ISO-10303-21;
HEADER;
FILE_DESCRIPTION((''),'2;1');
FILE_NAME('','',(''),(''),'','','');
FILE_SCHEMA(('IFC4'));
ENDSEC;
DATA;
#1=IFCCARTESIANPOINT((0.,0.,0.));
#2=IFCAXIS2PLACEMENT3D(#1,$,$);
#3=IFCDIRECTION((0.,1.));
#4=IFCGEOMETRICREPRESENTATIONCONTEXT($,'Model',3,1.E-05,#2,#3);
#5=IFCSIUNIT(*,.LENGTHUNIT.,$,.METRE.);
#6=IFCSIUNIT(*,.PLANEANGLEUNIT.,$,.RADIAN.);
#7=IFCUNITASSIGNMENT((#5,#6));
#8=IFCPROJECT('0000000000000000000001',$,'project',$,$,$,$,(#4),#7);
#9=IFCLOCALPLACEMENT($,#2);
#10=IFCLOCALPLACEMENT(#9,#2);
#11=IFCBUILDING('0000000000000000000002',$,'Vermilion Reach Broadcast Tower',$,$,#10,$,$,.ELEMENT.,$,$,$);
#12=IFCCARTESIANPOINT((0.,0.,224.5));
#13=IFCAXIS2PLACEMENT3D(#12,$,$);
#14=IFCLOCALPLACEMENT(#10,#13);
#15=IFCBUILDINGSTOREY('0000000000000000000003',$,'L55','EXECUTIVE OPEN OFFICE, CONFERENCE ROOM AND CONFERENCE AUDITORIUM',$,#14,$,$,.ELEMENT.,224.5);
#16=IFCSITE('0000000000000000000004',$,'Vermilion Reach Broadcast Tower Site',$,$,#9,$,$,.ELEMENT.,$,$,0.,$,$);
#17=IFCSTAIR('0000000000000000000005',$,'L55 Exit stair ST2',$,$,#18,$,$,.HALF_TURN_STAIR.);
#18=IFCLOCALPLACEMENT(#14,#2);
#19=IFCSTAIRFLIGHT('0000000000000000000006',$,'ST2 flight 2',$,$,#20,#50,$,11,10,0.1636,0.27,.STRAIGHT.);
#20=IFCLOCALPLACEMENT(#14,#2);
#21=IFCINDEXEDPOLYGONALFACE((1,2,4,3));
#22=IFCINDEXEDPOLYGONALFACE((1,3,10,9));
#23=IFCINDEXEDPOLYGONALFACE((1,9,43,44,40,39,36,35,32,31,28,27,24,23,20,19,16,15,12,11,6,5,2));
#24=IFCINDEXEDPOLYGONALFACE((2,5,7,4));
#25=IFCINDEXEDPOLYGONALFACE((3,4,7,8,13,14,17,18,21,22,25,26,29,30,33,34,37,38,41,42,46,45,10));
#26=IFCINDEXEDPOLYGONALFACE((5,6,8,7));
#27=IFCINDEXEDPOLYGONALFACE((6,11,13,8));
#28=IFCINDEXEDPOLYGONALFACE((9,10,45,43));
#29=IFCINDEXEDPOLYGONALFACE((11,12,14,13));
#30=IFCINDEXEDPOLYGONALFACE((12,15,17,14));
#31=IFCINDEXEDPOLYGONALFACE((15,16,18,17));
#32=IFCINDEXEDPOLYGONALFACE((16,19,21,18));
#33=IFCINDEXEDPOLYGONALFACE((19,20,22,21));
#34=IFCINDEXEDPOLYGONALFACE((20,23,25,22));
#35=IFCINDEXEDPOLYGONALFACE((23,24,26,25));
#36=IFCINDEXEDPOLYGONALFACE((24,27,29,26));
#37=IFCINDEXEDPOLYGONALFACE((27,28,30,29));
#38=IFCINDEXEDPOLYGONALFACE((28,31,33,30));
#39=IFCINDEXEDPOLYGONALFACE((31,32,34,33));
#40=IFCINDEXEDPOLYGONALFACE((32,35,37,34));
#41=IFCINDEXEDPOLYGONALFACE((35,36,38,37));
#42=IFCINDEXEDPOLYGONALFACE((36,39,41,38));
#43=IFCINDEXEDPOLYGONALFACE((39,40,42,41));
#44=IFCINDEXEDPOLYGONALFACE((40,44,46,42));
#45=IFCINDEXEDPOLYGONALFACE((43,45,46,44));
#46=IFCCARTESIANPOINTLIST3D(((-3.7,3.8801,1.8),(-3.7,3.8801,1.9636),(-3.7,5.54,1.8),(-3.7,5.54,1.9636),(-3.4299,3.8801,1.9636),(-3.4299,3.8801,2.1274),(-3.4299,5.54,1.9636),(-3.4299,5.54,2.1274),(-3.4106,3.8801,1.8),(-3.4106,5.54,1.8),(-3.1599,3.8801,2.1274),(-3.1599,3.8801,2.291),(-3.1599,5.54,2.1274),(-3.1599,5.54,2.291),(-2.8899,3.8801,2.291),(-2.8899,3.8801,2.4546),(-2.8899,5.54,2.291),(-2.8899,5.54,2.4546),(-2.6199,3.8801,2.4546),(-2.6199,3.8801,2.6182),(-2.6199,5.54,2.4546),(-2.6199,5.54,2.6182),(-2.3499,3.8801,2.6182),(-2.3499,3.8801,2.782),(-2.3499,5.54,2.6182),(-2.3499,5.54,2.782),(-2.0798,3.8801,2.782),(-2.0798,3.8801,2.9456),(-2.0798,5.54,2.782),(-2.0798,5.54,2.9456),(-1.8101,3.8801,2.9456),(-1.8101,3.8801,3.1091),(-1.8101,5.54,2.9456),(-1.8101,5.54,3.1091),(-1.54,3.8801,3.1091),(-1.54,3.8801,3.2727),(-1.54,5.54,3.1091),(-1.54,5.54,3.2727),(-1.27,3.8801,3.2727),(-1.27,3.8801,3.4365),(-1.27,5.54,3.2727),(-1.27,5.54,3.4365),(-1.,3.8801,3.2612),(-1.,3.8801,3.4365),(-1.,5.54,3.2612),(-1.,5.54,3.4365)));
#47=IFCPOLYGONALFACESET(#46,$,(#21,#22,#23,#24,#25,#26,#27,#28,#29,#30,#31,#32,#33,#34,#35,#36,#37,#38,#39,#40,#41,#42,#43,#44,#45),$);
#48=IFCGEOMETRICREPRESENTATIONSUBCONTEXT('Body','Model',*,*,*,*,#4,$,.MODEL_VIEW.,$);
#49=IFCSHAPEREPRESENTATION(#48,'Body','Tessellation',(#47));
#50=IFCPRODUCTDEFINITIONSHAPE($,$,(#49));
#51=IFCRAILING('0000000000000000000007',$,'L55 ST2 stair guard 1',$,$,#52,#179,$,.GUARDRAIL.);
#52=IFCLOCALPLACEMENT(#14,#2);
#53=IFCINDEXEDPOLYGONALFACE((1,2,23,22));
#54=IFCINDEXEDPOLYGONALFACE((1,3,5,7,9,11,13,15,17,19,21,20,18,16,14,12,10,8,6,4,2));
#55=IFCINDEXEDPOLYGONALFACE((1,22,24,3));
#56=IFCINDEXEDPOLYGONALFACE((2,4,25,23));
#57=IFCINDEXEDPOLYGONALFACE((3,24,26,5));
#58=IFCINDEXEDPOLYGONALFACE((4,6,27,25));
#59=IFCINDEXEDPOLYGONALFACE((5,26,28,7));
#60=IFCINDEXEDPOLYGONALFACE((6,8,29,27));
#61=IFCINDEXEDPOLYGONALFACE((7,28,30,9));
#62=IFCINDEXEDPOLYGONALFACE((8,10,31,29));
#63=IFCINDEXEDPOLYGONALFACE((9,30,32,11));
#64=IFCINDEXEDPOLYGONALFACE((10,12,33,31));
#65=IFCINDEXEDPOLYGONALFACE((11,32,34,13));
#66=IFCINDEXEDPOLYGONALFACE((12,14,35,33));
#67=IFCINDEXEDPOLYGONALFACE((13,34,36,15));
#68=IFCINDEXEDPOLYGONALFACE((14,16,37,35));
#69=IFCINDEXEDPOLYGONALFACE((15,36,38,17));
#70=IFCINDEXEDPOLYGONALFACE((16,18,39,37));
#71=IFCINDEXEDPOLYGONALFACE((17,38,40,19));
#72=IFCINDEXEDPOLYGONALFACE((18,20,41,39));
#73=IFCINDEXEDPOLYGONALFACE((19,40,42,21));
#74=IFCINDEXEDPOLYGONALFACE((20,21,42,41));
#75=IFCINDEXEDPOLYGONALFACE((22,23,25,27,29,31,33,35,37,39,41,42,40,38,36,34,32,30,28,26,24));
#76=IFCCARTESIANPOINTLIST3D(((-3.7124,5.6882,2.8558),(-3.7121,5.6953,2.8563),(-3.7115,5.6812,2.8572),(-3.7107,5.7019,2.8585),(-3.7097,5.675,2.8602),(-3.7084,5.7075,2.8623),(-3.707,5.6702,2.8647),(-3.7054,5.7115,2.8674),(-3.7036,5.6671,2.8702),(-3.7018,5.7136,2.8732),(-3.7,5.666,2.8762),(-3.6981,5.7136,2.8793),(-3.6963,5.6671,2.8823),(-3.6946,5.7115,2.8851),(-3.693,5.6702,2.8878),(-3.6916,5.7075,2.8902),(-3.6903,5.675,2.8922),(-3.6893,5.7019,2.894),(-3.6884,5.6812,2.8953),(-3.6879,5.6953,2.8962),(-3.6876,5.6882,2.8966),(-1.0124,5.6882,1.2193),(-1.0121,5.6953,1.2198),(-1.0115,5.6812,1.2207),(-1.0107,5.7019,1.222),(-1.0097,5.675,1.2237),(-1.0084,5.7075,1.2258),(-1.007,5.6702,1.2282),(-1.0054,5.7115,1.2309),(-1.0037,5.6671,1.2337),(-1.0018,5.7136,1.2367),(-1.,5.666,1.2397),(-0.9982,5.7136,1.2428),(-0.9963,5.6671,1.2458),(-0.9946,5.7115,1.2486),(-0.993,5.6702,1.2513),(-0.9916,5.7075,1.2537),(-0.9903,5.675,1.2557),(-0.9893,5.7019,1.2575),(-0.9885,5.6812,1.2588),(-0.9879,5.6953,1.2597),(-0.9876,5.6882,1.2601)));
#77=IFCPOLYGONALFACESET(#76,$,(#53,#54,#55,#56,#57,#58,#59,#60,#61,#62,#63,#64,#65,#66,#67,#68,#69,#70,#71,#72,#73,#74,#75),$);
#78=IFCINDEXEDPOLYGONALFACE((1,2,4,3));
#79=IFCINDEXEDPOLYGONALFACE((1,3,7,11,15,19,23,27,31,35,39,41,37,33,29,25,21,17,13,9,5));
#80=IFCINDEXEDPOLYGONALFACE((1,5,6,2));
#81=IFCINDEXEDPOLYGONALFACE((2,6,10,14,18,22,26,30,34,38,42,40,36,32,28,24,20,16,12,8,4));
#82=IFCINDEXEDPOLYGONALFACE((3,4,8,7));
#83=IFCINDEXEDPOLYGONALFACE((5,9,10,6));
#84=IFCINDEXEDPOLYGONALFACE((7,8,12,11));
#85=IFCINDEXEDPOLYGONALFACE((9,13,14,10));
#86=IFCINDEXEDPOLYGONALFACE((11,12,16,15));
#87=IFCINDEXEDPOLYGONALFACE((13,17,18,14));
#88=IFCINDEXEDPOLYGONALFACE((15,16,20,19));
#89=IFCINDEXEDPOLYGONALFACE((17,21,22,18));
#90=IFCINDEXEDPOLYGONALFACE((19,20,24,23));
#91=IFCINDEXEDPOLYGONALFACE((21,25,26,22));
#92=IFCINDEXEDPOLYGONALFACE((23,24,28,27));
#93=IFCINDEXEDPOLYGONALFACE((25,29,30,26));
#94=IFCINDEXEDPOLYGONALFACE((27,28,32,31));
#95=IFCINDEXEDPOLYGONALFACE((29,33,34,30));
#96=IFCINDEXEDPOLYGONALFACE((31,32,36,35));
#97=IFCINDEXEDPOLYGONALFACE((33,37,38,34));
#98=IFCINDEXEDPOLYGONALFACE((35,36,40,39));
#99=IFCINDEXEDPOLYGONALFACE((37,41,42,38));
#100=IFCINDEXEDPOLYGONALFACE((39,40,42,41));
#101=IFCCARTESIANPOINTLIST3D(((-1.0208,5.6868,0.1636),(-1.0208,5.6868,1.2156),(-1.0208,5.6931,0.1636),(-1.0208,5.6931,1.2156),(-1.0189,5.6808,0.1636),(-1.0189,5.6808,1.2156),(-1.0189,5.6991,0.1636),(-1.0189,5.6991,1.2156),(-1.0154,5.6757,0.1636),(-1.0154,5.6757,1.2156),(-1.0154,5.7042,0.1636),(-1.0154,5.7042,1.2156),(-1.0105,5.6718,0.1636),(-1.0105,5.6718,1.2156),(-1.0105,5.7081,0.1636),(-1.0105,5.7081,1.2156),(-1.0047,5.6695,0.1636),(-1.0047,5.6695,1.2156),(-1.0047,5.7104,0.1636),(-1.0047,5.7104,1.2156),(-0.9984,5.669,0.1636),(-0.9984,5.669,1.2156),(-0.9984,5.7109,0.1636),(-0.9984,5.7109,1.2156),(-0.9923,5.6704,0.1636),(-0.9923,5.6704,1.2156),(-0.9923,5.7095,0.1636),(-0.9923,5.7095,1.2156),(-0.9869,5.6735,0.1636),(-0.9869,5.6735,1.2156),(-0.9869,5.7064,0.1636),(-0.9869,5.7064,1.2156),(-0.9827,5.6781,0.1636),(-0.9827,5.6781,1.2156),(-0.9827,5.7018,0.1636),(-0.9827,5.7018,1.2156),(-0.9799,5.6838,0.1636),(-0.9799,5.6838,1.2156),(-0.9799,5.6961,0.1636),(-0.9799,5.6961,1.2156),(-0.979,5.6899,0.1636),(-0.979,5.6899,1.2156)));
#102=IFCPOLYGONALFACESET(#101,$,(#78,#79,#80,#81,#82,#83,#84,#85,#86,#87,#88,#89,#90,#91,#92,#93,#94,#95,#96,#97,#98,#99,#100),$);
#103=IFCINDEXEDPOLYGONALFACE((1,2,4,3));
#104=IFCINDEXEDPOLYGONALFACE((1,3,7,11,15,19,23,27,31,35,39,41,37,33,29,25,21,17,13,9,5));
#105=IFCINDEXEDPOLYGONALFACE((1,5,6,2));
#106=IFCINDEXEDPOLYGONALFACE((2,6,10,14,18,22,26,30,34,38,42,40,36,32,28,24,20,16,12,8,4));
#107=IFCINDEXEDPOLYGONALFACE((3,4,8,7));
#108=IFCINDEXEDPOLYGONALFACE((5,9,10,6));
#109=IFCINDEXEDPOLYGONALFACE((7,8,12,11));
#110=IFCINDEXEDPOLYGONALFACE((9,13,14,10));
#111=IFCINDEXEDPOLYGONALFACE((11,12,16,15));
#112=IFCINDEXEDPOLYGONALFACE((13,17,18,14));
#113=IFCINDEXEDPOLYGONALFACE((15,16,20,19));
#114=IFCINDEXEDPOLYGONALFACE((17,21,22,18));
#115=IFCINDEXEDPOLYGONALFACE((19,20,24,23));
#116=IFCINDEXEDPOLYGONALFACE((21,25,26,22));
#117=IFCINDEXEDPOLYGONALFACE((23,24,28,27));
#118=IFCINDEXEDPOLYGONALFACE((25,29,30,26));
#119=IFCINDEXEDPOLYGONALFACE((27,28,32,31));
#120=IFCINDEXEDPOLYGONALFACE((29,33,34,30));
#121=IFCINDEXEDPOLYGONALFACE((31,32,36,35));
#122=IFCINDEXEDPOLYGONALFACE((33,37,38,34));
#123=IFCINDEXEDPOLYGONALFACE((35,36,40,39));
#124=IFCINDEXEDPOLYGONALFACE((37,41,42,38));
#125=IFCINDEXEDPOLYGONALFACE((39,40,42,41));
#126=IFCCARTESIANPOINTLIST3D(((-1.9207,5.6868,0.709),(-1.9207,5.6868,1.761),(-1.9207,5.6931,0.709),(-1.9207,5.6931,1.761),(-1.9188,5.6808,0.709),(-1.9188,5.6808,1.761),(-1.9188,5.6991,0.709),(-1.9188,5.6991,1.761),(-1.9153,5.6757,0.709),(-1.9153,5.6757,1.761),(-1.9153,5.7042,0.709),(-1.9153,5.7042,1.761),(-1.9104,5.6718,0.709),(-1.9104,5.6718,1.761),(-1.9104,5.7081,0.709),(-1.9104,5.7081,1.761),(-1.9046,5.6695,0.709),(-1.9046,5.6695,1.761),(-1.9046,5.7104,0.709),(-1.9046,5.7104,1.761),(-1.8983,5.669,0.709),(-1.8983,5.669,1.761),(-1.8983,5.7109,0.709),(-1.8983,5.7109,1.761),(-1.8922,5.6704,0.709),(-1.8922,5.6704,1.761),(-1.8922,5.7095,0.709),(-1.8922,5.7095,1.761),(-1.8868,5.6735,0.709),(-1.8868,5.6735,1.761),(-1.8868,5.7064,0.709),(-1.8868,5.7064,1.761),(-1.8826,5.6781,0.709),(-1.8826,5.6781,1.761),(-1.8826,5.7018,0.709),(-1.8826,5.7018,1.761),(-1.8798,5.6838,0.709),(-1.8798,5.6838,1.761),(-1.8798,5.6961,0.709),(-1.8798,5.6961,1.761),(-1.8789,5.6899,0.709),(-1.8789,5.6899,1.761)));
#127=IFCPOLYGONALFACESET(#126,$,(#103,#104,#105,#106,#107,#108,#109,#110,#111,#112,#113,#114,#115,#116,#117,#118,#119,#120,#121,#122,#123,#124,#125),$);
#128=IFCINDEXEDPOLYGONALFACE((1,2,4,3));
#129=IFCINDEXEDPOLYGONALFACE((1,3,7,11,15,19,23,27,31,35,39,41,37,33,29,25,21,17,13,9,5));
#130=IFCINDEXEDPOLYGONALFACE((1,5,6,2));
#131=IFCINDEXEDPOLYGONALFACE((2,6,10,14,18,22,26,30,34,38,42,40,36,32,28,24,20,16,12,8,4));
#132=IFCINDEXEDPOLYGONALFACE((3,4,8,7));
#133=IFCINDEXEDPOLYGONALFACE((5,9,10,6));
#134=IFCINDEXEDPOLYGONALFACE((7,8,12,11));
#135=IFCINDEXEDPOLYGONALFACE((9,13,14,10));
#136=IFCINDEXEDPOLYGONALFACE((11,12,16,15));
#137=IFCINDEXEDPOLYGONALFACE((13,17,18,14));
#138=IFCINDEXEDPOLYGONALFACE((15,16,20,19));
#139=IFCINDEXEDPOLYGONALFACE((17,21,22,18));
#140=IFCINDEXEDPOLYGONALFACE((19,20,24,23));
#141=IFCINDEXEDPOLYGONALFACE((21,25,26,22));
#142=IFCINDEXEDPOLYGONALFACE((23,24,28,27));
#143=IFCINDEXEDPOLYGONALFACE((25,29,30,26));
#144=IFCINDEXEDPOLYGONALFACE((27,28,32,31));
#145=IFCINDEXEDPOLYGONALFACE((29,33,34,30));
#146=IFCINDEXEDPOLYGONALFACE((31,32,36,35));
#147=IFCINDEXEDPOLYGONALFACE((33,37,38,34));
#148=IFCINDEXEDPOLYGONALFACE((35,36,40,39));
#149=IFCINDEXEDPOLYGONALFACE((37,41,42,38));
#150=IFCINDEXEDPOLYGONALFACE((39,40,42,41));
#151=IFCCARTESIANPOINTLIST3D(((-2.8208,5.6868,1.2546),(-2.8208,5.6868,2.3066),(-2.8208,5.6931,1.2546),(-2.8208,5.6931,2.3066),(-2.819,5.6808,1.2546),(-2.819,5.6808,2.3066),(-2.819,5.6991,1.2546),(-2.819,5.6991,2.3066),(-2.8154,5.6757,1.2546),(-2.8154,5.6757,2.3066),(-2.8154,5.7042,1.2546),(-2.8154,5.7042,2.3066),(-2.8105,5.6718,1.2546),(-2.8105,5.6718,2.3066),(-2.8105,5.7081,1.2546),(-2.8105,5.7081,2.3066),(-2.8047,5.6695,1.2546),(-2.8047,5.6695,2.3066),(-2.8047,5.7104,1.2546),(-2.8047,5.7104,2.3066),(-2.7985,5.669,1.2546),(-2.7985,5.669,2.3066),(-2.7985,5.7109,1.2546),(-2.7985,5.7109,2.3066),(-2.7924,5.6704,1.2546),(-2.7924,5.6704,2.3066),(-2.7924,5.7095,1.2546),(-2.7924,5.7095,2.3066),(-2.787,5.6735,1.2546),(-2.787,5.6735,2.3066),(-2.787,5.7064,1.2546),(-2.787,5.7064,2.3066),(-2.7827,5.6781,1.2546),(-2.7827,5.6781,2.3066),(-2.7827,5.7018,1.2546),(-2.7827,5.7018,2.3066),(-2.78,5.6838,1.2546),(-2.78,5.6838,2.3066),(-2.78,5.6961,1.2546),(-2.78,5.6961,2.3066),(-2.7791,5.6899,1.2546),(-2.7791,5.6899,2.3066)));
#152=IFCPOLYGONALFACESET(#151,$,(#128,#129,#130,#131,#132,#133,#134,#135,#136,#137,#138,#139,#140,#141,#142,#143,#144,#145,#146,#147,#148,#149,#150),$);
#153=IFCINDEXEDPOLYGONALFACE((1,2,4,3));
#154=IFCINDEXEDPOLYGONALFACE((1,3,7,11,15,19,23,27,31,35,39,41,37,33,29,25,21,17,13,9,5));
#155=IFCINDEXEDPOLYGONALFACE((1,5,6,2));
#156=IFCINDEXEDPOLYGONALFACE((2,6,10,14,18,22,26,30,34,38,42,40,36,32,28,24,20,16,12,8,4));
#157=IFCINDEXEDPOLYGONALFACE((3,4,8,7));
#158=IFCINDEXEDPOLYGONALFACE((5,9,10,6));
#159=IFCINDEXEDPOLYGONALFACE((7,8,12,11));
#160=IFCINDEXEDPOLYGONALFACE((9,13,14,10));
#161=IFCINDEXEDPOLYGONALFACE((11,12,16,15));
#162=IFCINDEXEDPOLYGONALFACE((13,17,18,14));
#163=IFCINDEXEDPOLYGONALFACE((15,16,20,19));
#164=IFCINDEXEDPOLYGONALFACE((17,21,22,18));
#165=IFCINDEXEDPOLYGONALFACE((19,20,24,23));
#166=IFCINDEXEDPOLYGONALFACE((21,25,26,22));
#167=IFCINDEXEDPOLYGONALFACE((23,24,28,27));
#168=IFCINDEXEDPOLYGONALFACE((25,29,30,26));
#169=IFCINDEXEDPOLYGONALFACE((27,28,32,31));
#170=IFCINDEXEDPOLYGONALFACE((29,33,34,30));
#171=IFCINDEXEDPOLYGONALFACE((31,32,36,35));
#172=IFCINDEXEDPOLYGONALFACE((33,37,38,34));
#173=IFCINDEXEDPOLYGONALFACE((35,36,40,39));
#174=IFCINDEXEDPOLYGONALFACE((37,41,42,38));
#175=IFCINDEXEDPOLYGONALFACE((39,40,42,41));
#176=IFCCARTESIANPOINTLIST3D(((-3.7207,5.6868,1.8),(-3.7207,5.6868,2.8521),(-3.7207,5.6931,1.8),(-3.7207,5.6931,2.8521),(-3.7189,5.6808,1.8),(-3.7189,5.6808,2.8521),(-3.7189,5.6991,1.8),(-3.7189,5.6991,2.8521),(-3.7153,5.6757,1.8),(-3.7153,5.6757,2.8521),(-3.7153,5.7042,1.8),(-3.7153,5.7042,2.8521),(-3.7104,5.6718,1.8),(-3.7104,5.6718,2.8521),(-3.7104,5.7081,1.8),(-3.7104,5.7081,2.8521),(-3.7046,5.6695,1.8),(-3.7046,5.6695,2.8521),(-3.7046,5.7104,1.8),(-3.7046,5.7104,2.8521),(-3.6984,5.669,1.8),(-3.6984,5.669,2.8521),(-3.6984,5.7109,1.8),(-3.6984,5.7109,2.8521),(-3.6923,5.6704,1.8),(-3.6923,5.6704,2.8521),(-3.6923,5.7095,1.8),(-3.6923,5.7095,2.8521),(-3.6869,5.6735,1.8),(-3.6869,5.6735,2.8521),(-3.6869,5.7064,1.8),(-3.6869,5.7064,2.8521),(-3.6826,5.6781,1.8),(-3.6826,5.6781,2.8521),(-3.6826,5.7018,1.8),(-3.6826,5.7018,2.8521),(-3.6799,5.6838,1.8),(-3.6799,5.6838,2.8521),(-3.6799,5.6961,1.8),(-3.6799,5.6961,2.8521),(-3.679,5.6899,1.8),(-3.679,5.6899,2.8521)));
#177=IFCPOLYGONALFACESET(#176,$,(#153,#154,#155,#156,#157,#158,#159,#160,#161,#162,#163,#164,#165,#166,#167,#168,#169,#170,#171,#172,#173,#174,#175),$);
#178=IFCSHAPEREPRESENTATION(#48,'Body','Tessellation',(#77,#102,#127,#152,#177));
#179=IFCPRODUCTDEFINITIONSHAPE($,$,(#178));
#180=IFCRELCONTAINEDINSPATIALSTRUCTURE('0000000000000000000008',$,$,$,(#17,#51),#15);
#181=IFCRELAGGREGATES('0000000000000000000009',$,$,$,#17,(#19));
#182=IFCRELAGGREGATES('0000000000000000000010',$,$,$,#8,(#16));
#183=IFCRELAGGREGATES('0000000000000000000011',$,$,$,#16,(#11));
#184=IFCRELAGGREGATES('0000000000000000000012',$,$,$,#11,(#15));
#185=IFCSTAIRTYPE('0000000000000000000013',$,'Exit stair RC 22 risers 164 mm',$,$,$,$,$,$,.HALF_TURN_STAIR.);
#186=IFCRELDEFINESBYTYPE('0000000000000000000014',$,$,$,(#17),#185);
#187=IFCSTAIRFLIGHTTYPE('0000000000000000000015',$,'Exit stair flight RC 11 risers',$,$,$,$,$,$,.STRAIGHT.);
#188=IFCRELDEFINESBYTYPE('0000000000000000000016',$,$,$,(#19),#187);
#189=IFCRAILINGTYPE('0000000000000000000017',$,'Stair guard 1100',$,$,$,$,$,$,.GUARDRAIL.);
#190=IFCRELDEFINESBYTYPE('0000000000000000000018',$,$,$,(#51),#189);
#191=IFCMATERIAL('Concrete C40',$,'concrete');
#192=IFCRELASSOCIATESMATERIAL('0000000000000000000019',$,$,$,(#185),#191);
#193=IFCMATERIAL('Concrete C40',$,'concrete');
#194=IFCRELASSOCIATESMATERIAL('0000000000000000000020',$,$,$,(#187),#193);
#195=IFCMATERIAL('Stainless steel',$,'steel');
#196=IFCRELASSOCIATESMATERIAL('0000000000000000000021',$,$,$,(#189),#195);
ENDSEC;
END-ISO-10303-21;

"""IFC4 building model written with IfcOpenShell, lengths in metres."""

from ifc_helpers import new_model, si_unit, direction, frame, origin, origin_2d, place, context, subcontext, project, spatial, polyline, circle, outline, extrude, material, type_object, element, aggregate, save


model = new_model("IFC4")

# Units and contexts
model_context = context("Model", 3, precision=1e-05, world=origin(), true_north=direction((0.0, 1.0)))
body_context = subcontext(model_context, "Body", "Model", "MODEL_VIEW")
ifc_project = project(units=[si_unit("LENGTHUNIT", "METRE"), si_unit("PLANEANGLEUNIT", "RADIAN")], contexts=[model_context])

# Site, building, storey
site_placement = place(None, origin())
site = spatial("IfcSite", under=ifc_project, at=site_placement, Name="Vermilion Reach Broadcast Tower Site", CompositionType="ELEMENT", RefElevation=0.0)
building_placement = place(site_placement, origin())
building = spatial("IfcBuilding", under=site, at=building_placement, Name="Vermilion Reach Broadcast Tower", CompositionType="ELEMENT")
storey_placement = place(building_placement, frame((0.0, 0.0, 224.5)))
storey = spatial("IfcBuildingStorey", under=building, at=storey_placement, Name="L55", Description="EXECUTIVE OPEN OFFICE, CONFERENCE ROOM AND CONFERENCE AUDITORIUM", CompositionType="ELEMENT", Elevation=224.5)

# Stair
ifc_material_1 = material(Name="Concrete C40", Category="concrete")
stair_type = type_object("IfcStairType", Name="Exit stair RC 22 risers 164 mm", PredefinedType="HALF_TURN_STAIR", material=ifc_material_1)
placement_1 = place(storey_placement, origin())
stair_1 = element("IfcStair", 1, at=placement_1, inside=storey, type_object=stair_type, Name="L55 Exit stair ST2", PredefinedType="HALF_TURN_STAIR")

# Stair flight
ifc_material_2 = material(Name="Concrete C40", Category="concrete")
stair_flight_type = type_object("IfcStairFlightType", Name="Exit stair flight RC 11 risers", PredefinedType="STRAIGHT", material=ifc_material_2)
stair_flight_1_placement = place(storey_placement, frame((-3.7, 4.71, 1.8), z_axis=(0.0, 0.0, 1.0), x_axis=(1.0, 0.0, 0.0)))
stair_flight_1 = element("IfcStairFlight", 2, at=stair_flight_1_placement, type_object=stair_flight_type, Name="ST2 flight 2", NumberOfRisers=11, NumberOfTreads=10, PredefinedType="STRAIGHT", RiserHeight=0.1636, TreadLength=0.27, context=body_context, shape_type="SweptSolid", body=[
    extrude(outline(polyline([(0.0, 0.0), (0.0, 0.1636), (0.27, 0.1636), (0.27, 0.3274), (0.54, 0.3274), (0.54, 0.491), (0.8101, 0.491), (0.8101, 0.6545), (1.0801, 0.6545), (1.0801, 0.8181), (1.3501, 0.8181), (1.3501, 0.9819), (1.6201, 0.9819), (1.6201, 1.1455), (1.8899, 1.1455), (1.8899, 1.3091), (2.1599, 1.3091), (2.1599, 1.4727), (2.4299, 1.4727), (2.4299, 1.6365), (2.7, 1.6365), (2.7, 1.8), (2.7, 1.4612), (0.2893, 0.0), (0.0, 0.0)])), frame((0.0, 0.8301, 0.0), z_axis=(0.0, -1.0, 0.0), x_axis=(1.0, 0.0, 0.0)), (0.0, 0.0, 1.0), 1.6599),
])
aggregate(stair_1, [stair_flight_1])

# Railing
ifc_material_3 = material(Name="Stainless steel", Category="steel")
railing_type_1 = type_object("IfcRailingType", Name="Stair guard 1100", PredefinedType="GUARDRAIL", material=ifc_material_3)
railing_1_placement = place(storey_placement, frame((-1.0, 5.6899, 0.1636)))
element("IfcRailing", 3, at=railing_1_placement, inside=storey, type_object=railing_type_1, Name="L55 ST2 stair guard 1", PredefinedType="GUARDRAIL", context=body_context, shape_type="SweptSolid", body=[
    extrude(circle(Radius=0.0239, at=origin_2d()), frame((0.0, 0.0, 1.0762), z_axis=(-0.855178, 0.0, 0.518334), x_axis=(0.0, -1.0, 0.0)), (0.0, 0.0, 1.0), 3.1572),
    extrude(circle(Radius=0.021, at=origin_2d()), origin(), (0.0, 0.0, 1.0), 1.052),
    extrude(circle(Radius=0.021, at=origin_2d()), frame((-0.8999, 0.0, 0.5454)), (0.0, 0.0, 1.0), 1.052),
    extrude(circle(Radius=0.021, at=origin_2d()), frame((-1.8, 0.0, 1.0911)), (0.0, 0.0, 1.0), 1.052),
    extrude(circle(Radius=0.021, at=origin_2d()), frame((-2.7, 0.0, 1.6365)), (0.0, 0.0, 1.0), 1.052),
])

save(model, "model.ifc")
